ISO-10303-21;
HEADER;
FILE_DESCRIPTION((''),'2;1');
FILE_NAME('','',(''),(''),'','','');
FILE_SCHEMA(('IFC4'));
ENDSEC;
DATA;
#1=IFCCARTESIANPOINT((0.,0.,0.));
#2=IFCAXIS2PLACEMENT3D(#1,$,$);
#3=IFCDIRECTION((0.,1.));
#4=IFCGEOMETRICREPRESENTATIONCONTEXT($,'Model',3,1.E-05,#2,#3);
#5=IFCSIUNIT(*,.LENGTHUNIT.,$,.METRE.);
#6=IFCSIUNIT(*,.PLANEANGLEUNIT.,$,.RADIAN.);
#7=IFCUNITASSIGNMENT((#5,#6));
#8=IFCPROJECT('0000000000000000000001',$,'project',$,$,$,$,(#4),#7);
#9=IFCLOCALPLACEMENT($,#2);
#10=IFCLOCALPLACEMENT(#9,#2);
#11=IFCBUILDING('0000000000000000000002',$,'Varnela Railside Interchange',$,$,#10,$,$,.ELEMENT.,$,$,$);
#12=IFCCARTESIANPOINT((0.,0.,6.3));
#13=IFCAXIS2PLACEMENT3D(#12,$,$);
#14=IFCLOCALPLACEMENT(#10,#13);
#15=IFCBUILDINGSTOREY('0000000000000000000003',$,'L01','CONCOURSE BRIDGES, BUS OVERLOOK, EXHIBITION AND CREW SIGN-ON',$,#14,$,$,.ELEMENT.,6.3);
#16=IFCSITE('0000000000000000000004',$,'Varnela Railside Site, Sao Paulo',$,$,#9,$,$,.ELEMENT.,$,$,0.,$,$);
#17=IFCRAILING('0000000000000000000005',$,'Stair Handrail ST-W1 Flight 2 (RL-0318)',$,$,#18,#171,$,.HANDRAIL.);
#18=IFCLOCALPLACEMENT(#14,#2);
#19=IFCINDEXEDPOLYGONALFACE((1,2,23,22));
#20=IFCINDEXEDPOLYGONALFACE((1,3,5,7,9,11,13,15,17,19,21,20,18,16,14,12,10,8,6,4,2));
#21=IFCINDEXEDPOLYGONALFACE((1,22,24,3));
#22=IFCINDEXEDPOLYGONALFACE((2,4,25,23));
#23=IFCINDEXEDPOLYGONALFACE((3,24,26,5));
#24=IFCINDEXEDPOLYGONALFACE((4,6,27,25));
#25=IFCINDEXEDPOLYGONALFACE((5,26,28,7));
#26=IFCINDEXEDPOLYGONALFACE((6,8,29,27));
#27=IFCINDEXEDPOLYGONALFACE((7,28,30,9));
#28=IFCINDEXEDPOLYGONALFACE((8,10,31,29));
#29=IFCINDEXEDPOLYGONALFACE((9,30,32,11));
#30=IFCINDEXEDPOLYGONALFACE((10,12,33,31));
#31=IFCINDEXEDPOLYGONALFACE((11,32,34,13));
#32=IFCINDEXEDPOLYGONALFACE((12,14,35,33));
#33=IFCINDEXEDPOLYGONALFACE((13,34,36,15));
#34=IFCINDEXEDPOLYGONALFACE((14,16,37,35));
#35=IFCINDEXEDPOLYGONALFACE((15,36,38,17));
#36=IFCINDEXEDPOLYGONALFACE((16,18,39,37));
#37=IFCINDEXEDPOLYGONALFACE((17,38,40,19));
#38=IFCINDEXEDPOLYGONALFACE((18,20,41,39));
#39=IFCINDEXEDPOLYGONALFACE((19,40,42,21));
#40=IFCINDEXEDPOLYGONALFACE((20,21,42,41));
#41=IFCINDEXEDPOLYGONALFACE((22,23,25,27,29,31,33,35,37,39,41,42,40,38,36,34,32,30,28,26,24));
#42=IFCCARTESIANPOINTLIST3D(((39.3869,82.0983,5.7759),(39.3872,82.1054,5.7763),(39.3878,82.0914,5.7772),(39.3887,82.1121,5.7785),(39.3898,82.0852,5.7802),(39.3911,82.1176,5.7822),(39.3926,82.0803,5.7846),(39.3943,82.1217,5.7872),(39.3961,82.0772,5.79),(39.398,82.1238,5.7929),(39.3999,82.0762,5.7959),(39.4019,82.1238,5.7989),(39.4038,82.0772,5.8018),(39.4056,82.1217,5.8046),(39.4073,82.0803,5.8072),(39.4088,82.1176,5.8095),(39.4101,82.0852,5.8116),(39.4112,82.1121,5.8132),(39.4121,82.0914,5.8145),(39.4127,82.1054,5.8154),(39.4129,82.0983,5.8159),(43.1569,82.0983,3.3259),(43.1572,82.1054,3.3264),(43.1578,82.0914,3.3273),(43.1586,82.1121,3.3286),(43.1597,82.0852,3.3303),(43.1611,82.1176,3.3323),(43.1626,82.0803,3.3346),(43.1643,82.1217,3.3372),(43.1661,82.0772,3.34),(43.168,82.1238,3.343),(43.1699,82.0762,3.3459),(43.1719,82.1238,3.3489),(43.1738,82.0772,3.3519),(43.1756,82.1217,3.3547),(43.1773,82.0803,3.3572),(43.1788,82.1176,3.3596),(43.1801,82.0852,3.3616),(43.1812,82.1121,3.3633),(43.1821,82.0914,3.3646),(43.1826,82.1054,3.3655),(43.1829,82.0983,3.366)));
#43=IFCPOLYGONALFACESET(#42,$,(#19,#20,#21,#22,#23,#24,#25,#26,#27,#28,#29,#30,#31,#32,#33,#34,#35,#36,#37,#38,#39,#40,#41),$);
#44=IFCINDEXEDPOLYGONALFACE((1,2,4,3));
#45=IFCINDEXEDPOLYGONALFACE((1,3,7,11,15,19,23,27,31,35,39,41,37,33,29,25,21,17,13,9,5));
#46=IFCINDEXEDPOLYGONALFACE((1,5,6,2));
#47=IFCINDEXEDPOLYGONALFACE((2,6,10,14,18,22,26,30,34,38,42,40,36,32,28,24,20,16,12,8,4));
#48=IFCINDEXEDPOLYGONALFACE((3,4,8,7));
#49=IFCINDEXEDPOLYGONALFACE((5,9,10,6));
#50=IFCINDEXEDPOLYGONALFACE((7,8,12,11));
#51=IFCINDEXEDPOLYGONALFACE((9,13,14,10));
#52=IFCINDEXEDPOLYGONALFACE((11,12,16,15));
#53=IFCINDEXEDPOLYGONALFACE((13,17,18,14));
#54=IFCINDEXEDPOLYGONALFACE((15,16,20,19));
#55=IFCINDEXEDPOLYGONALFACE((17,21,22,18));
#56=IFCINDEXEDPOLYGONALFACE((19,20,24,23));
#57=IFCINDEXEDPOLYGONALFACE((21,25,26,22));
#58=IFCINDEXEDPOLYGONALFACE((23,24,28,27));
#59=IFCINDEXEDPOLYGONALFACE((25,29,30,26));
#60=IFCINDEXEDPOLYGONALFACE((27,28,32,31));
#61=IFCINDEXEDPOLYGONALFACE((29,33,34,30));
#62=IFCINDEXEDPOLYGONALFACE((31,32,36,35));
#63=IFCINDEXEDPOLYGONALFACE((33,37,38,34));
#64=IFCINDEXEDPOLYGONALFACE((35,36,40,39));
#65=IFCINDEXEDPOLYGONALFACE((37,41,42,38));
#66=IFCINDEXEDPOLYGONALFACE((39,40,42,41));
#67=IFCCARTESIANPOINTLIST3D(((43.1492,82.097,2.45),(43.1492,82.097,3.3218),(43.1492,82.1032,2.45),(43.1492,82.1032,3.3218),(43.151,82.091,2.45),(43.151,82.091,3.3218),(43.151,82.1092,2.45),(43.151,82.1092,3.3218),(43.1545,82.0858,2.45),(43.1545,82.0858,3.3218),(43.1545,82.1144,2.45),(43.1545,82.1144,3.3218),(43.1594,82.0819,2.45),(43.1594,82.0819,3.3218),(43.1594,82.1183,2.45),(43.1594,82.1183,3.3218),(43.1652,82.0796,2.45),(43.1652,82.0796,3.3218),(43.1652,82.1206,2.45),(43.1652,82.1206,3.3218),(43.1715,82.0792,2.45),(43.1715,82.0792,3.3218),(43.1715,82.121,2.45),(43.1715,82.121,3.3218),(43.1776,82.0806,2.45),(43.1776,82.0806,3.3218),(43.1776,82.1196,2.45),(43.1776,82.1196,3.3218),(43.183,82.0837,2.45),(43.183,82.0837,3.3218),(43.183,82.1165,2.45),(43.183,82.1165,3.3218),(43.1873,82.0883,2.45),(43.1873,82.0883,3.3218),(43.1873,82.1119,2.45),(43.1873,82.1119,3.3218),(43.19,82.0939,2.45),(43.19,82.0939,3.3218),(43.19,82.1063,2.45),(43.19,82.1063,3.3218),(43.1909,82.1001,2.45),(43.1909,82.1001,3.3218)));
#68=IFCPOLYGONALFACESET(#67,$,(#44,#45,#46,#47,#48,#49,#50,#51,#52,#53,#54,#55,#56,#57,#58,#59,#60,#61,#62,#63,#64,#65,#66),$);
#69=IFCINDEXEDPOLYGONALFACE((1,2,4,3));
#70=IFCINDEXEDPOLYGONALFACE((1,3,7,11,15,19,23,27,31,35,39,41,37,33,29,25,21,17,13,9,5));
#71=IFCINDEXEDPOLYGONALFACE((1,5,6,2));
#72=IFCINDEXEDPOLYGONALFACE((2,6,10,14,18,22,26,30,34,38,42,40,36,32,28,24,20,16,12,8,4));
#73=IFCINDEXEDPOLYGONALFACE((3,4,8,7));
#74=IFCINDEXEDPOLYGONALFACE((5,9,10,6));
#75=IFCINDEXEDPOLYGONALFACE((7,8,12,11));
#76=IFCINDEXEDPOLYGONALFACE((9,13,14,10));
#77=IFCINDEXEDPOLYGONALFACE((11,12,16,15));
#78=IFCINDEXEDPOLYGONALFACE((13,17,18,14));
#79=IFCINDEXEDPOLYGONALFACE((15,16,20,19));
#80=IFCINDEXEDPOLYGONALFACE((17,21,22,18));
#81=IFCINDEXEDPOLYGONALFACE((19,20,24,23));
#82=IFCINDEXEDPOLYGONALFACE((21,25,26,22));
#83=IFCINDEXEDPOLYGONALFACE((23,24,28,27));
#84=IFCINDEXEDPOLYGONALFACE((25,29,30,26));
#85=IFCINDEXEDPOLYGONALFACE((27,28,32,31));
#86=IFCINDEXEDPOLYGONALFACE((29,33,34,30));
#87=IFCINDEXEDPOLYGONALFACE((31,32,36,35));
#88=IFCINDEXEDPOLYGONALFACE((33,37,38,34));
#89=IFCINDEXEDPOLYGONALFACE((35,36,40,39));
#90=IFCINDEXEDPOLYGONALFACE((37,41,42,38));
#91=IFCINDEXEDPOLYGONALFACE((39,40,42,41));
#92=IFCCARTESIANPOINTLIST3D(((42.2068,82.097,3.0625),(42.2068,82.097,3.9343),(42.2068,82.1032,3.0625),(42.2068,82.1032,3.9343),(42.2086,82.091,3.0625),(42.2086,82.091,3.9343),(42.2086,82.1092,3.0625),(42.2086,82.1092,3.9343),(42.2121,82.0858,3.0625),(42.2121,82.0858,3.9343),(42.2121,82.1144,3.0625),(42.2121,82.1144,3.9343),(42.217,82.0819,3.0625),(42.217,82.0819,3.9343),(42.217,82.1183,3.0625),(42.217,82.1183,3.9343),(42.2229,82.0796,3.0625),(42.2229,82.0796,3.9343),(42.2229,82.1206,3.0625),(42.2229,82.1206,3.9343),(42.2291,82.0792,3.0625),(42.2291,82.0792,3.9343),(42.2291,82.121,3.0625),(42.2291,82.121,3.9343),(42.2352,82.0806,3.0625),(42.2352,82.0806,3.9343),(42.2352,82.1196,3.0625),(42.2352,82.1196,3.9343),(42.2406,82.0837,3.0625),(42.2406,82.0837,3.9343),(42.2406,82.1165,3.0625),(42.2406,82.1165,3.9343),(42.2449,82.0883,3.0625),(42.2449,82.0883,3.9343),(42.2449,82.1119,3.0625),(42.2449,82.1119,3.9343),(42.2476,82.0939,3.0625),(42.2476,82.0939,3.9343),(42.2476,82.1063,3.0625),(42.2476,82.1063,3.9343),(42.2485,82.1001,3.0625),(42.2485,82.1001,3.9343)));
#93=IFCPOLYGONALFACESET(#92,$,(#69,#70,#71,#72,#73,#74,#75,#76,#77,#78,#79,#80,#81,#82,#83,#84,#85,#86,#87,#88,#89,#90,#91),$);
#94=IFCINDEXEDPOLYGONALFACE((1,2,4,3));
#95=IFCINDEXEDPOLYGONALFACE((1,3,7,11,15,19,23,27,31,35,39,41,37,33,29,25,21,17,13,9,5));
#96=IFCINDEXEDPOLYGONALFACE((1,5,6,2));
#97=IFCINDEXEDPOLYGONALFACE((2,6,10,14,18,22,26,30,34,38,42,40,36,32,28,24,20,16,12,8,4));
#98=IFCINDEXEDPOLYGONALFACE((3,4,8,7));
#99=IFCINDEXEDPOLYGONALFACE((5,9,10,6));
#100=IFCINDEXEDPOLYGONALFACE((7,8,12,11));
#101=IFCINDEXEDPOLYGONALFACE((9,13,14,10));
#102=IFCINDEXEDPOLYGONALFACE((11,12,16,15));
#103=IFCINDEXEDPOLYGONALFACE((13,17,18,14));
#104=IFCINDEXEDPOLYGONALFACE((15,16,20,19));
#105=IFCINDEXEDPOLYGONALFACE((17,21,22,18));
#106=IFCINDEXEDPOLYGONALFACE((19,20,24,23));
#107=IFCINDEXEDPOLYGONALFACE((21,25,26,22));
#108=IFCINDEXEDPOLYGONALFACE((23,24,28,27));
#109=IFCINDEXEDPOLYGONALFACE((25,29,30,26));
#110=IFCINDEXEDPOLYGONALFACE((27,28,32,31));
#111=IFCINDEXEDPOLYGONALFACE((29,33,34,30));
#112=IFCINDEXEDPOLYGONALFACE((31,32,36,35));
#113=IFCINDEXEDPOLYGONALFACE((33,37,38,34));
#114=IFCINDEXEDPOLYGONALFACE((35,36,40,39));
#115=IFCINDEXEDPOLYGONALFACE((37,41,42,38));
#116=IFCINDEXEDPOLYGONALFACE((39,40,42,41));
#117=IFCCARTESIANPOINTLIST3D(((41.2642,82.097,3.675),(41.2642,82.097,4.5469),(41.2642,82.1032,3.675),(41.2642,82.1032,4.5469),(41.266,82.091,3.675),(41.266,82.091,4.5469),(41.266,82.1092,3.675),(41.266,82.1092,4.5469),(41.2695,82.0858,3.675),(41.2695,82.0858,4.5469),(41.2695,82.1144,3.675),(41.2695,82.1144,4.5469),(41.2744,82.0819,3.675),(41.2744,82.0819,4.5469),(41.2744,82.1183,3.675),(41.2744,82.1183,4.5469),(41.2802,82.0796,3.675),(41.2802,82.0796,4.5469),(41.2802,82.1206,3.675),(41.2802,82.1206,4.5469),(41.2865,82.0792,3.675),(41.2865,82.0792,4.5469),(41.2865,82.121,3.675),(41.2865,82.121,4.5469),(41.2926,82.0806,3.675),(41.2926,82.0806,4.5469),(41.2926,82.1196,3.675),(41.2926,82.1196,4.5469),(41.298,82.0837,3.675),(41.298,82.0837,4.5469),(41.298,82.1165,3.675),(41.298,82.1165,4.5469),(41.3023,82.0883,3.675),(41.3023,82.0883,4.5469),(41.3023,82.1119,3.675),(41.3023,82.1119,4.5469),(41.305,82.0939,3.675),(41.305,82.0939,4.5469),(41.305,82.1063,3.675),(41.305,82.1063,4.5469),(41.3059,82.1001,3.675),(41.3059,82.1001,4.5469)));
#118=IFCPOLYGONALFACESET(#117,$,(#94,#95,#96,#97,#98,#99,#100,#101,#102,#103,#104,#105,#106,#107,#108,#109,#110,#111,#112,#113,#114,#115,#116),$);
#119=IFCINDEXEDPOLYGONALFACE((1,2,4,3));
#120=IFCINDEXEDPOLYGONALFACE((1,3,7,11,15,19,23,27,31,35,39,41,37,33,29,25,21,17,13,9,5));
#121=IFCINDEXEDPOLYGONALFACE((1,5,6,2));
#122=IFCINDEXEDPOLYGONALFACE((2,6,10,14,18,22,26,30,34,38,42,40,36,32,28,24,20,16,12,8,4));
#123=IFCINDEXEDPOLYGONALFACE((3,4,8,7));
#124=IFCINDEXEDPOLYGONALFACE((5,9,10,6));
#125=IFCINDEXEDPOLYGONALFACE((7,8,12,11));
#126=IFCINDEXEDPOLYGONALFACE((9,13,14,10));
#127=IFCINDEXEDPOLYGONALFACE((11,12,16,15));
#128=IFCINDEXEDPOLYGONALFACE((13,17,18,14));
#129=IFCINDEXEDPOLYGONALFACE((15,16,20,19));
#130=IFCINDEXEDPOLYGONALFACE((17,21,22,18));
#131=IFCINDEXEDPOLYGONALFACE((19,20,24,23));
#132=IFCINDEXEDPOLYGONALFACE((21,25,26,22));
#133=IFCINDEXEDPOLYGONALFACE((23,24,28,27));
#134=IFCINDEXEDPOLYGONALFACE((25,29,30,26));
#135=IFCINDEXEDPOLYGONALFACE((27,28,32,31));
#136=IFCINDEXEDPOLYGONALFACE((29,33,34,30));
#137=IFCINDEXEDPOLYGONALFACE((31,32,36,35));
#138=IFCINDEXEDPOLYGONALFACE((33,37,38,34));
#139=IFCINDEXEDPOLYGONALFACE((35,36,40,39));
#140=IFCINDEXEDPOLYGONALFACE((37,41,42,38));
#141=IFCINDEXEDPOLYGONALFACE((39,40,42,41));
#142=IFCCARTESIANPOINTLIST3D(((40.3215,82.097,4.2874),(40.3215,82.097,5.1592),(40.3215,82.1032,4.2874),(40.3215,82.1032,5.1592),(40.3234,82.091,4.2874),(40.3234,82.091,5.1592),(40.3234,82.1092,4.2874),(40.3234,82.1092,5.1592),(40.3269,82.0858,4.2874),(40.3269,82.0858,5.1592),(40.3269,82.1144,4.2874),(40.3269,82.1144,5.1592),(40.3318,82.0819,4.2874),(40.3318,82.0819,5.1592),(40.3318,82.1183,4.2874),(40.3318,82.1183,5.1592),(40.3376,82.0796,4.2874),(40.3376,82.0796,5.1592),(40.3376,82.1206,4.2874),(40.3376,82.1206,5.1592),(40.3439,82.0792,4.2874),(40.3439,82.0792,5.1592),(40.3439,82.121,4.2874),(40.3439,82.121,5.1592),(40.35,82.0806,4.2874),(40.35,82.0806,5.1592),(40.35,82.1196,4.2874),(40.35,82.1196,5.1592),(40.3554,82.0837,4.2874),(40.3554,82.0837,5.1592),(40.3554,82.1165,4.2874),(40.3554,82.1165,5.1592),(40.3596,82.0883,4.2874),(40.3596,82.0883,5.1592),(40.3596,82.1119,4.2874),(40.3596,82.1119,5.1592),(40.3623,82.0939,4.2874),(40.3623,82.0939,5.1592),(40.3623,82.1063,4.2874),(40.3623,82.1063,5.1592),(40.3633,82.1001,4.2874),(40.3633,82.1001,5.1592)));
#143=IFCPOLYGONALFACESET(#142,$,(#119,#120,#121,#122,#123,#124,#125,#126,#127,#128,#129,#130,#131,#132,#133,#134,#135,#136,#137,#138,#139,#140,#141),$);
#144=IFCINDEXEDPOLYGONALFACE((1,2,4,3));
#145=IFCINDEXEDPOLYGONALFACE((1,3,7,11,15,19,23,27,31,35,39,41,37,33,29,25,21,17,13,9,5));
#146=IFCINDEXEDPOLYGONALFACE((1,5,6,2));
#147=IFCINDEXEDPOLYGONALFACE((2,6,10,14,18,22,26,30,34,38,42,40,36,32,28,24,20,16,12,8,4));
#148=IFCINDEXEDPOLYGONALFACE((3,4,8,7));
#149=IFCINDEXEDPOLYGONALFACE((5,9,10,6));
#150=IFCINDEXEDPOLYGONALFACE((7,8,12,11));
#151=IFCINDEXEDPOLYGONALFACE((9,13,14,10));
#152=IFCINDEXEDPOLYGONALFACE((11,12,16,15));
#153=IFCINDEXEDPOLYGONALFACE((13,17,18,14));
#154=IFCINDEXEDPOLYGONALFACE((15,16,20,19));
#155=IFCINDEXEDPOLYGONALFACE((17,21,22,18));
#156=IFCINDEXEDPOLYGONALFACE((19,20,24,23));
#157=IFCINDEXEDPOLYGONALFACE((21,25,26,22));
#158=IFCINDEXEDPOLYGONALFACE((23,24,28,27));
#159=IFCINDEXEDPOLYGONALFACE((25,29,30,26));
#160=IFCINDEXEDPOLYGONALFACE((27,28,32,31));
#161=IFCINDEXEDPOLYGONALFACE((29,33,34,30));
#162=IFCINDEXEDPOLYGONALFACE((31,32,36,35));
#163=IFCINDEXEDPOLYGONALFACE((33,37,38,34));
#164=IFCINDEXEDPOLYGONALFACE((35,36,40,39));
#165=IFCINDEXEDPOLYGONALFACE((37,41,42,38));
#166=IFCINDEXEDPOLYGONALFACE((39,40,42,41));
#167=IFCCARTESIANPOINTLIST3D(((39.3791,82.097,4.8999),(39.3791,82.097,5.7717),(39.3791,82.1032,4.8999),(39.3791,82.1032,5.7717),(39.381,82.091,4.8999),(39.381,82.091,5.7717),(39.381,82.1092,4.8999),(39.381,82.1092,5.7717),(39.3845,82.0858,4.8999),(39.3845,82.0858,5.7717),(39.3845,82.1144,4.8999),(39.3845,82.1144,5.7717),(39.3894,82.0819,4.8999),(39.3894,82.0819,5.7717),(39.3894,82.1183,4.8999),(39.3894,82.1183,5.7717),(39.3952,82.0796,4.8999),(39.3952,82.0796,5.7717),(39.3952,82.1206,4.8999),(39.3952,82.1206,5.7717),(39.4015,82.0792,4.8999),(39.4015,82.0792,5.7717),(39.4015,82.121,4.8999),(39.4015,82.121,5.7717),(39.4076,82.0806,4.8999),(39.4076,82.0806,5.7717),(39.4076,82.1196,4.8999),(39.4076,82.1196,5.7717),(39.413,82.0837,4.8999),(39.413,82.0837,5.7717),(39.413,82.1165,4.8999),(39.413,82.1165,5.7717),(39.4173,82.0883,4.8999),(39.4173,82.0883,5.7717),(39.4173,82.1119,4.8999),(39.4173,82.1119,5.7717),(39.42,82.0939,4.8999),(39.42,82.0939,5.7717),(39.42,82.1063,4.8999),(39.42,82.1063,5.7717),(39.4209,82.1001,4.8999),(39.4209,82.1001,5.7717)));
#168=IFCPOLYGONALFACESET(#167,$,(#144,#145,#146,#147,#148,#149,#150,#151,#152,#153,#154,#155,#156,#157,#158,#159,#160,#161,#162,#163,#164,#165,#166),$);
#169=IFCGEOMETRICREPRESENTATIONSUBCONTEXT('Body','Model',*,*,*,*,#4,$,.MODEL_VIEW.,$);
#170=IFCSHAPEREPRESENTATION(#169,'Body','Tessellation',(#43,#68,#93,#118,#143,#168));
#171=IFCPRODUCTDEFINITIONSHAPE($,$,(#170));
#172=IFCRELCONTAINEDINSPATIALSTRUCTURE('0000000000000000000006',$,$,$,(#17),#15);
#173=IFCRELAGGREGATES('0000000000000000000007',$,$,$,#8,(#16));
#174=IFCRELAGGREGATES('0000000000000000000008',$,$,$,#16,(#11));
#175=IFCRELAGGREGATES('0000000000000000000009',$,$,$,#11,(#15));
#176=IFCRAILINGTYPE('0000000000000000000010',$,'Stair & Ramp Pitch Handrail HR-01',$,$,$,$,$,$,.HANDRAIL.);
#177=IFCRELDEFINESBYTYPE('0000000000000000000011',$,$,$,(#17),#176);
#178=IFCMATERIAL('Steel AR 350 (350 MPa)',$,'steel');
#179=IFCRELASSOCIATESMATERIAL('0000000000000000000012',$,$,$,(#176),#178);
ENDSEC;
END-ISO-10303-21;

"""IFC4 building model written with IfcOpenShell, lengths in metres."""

from ifc_helpers import new_model, si_unit, direction, frame, origin, origin_2d, place, context, subcontext, project, spatial, circle, extrude, material, type_object, element, save


model = new_model("IFC4")

# Units and contexts
model_context = context("Model", 3, precision=1e-05, world=origin(), true_north=direction((0.0, 1.0)))
body_context = subcontext(model_context, "Body", "Model", "MODEL_VIEW")
ifc_project = project(units=[si_unit("LENGTHUNIT", "METRE"), si_unit("PLANEANGLEUNIT", "RADIAN")], contexts=[model_context])

# Site, building, storey
site_placement = place(None, origin())
site = spatial("IfcSite", under=ifc_project, at=site_placement, Name="Varnela Railside Site, Sao Paulo", CompositionType="ELEMENT", RefElevation=0.0)
building_placement = place(site_placement, origin())
building = spatial("IfcBuilding", under=site, at=building_placement, Name="Varnela Railside Interchange", CompositionType="ELEMENT")
storey_placement = place(building_placement, frame((0.0, 0.0, 6.3)))
storey = spatial("IfcBuildingStorey", under=building, at=storey_placement, Name="L01", Description="CONCOURSE BRIDGES, BUS OVERLOOK, EXHIBITION AND CREW SIGN-ON", CompositionType="ELEMENT", Elevation=6.3)

# Shared definitions
ifc_material_1 = material(Name="Steel AR 350 (350 MPa)", Category="steel")

# Railing
railing_type_1 = type_object("IfcRailingType", Name="Stair & Ramp Pitch Handrail HR-01", PredefinedType="HANDRAIL", material=ifc_material_1)
railing_1_placement = place(storey_placement, frame((43.1699, 82.1001, 2.45)))
element("IfcRailing", 1, at=railing_1_placement, inside=storey, type_object=railing_type_1, Name="Stair Handrail ST-W1 Flight 2 (RL-0318)", PredefinedType="HANDRAIL", context=body_context, shape_type="SweptSolid", body=[
    extrude(circle(Radius=0.0239, at=origin_2d()), frame((0.0, 0.0, 0.896), z_axis=(-0.838501, 0.0, 0.544901), x_axis=(0.0, -1.0, 0.0)), (0.0, 0.0, 1.0), 4.4961),
    extrude(circle(Radius=0.021, at=origin_2d()), origin(), (0.0, 0.0, 1.0), 0.8718),
    extrude(circle(Radius=0.021, at=origin_2d()), frame((-0.9424, 0.0, 0.6125)), (0.0, 0.0, 1.0), 0.8718),
    extrude(circle(Radius=0.021, at=origin_2d()), frame((-1.885, 0.0, 1.2251)), (0.0, 0.0, 1.0), 0.8718),
    extrude(circle(Radius=0.021, at=origin_2d()), frame((-2.8276, 0.0, 1.8374)), (0.0, 0.0, 1.0), 0.8718),
    extrude(circle(Radius=0.021, at=origin_2d()), frame((-3.77, 0.0, 2.45)), (0.0, 0.0, 1.0), 0.8718),
])

save(model, "model.ifc")
